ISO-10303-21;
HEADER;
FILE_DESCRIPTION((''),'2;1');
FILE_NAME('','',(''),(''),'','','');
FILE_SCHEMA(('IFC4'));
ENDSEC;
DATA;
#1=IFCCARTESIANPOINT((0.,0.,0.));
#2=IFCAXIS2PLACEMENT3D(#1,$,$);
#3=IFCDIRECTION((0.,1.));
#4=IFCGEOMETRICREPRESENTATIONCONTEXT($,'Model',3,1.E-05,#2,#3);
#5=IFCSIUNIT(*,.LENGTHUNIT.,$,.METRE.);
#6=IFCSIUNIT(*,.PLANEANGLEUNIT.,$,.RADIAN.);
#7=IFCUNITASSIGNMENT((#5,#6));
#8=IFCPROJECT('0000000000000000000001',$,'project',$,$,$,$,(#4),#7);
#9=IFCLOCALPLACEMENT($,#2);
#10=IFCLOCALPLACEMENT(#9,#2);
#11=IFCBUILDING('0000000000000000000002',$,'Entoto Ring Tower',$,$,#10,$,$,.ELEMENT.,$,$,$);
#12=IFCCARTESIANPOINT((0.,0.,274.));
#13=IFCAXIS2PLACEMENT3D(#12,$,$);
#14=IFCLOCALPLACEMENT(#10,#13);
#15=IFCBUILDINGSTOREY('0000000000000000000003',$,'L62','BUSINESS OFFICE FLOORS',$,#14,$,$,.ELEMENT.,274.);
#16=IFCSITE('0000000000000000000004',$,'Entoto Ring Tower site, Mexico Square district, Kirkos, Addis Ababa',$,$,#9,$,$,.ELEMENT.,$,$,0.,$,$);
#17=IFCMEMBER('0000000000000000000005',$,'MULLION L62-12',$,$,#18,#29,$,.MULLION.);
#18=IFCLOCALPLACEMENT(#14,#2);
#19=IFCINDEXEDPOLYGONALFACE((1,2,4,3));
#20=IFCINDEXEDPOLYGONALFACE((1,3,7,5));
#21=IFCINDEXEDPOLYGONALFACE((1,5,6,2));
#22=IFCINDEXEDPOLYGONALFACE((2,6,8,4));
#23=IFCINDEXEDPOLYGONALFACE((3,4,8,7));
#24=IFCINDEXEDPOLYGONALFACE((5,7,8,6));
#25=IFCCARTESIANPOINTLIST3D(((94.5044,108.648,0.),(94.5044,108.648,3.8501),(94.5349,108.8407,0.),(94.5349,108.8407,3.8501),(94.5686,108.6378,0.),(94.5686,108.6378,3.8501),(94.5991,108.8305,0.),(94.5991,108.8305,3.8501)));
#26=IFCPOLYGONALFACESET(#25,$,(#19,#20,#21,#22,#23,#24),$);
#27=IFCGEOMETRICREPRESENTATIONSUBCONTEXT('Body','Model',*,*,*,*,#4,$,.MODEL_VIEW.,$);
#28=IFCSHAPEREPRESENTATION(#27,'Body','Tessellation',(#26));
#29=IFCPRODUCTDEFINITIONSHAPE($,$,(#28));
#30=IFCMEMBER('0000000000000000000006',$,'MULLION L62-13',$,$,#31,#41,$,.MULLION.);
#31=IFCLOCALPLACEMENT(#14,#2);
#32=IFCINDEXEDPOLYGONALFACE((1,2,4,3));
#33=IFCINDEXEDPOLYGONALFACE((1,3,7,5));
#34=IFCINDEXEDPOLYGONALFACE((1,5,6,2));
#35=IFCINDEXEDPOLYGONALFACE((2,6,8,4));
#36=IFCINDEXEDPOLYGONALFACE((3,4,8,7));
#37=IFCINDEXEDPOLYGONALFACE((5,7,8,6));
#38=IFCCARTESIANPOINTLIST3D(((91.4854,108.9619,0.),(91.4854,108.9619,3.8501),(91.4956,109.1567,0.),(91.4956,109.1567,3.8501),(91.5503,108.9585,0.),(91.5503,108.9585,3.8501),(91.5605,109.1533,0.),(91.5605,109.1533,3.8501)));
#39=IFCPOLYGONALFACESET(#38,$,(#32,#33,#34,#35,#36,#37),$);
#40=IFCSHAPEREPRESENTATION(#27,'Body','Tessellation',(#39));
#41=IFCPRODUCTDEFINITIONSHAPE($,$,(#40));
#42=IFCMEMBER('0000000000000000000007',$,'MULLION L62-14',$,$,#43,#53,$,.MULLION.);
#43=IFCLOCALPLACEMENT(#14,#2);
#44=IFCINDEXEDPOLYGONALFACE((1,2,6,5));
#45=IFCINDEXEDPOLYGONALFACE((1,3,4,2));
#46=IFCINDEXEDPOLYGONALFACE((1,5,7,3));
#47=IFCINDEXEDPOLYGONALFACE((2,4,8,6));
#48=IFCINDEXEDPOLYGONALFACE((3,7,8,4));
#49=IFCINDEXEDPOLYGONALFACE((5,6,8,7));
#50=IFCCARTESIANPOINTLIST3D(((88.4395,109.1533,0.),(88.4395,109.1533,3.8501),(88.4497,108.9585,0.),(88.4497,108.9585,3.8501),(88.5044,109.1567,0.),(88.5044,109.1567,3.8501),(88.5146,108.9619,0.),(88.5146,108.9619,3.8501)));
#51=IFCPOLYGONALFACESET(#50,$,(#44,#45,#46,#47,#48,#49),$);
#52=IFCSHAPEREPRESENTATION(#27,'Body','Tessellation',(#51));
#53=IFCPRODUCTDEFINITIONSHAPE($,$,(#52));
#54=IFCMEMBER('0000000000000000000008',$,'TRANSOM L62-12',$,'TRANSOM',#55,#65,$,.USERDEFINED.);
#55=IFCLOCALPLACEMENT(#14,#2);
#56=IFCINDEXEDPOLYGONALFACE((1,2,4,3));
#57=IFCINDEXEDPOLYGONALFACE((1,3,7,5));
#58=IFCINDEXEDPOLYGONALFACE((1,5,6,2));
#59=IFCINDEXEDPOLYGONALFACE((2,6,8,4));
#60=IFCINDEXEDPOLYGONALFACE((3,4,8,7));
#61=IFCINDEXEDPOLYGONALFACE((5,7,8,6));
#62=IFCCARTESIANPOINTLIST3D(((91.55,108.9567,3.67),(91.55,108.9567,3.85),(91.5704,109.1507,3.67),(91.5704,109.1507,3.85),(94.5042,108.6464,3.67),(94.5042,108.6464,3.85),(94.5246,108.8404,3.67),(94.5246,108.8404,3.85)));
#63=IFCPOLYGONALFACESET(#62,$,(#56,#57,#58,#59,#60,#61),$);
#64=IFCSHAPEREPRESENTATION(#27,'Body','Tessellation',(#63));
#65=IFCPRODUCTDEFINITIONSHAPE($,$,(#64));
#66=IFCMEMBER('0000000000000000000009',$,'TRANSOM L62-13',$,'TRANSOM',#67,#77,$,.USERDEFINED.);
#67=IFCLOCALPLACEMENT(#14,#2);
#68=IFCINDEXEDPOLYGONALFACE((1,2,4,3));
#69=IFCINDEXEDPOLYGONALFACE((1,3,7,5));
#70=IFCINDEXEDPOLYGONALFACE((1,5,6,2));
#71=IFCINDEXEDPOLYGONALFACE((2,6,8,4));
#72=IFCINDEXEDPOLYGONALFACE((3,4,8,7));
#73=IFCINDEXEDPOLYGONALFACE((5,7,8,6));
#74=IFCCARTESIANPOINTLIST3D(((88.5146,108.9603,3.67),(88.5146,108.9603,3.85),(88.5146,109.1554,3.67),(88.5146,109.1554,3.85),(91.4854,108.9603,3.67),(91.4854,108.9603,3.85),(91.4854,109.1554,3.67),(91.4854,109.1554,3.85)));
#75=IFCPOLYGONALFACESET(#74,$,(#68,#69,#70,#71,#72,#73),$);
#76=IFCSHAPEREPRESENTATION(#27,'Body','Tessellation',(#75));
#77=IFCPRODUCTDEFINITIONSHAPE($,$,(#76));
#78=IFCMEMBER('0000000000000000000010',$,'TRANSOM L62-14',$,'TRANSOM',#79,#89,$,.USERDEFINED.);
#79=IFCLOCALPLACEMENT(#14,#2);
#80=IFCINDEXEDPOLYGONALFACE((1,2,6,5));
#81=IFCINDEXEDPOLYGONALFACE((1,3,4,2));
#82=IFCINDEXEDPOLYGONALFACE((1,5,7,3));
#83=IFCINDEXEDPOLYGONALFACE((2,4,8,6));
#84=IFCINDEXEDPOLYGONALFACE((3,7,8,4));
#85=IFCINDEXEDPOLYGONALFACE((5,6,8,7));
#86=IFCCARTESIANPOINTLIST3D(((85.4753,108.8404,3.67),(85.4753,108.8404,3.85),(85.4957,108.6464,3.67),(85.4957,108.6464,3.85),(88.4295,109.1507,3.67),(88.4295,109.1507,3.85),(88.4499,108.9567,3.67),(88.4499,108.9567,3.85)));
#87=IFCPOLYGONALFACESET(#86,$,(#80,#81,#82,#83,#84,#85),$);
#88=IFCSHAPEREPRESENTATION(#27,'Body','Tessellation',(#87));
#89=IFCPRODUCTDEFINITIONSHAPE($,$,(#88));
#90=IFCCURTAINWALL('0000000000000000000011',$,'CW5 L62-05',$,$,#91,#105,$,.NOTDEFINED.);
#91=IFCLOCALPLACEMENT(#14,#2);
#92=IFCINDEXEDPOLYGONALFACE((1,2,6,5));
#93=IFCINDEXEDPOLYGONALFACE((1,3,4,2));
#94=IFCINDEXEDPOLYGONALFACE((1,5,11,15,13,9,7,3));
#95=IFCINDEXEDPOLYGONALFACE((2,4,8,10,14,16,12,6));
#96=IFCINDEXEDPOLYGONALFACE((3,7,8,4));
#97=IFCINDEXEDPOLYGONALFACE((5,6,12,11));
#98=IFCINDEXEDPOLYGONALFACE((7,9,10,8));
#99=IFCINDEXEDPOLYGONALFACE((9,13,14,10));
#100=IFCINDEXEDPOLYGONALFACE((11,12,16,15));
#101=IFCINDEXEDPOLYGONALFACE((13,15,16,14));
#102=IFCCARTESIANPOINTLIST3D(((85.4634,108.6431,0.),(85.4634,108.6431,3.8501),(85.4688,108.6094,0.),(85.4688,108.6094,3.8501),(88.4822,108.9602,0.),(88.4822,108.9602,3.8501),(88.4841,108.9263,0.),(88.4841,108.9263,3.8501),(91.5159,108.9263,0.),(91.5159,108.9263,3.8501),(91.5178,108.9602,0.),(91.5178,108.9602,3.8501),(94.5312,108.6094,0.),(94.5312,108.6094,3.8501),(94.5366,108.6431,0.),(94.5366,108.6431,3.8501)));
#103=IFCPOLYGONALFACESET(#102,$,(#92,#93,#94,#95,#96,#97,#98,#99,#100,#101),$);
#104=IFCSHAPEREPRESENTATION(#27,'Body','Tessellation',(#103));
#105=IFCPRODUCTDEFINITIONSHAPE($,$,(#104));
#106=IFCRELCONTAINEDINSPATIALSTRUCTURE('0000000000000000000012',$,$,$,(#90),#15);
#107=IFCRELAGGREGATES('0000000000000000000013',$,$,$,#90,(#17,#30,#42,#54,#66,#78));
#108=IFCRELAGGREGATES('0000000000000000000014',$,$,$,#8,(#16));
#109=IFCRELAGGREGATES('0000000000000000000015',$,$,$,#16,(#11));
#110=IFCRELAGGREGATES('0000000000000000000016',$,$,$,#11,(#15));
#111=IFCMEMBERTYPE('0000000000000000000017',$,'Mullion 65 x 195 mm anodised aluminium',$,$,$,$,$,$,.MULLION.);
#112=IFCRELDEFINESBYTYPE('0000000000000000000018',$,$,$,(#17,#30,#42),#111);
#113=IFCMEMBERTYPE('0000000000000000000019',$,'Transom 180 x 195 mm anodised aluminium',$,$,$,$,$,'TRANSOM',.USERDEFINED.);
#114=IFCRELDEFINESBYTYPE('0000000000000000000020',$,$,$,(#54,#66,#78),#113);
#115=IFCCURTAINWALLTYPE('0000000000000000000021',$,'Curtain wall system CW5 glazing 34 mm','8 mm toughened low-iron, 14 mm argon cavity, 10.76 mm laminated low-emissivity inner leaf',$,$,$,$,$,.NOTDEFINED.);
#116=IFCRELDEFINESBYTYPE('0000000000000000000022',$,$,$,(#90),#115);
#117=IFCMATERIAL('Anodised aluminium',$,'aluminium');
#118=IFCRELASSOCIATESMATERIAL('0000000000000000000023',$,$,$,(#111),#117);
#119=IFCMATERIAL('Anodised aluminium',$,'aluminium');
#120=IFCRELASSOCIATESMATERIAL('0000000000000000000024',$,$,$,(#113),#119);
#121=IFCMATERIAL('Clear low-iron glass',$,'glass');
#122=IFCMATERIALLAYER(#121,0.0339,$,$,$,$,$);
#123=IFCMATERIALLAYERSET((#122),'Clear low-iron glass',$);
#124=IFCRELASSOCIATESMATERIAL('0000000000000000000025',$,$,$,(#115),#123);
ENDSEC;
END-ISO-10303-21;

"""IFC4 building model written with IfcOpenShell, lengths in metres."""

from ifc_helpers import new_model, si_unit, direction, frame, origin, origin_2d, place, context, subcontext, project, spatial, polyline, rectangle, outline, extrude, material, layer, layer_set, material_profile, profile_set, type_object, element, aggregate, save


model = new_model("IFC4")

# Units and contexts
model_context = context("Model", 3, precision=1e-05, world=origin(), true_north=direction((0.0, 1.0)))
body_context = subcontext(model_context, "Body", "Model", "MODEL_VIEW")
ifc_project = project(units=[si_unit("LENGTHUNIT", "METRE"), si_unit("PLANEANGLEUNIT", "RADIAN")], contexts=[model_context])

# Members
ifc_material_1 = material(Name="Anodised aluminium", Category="aluminium")
ifc_material_profile_1 = material_profile(ifc_material_1, rectangle(XDim=0.0649, YDim=0.1951, at=origin_2d()), Name="Mullion 65 x 195 mm anodised aluminium")
ifc_profile_set_1 = profile_set([ifc_material_profile_1], Name="Anodised aluminium")
member_type_1 = type_object("IfcMemberType", Name="Mullion 65 x 195 mm anodised aluminium", PredefinedType="MULLION", material=ifc_profile_set_1)
site_placement = place(None, origin())
building_placement = place(site_placement, origin())
storey_placement = place(building_placement, frame((0.0, 0.0, 274.0)))
member_1_placement = place(storey_placement, frame((94.5518, 108.7393, 0.0), z_axis=(0.0, 0.0, 1.0), x_axis=(-0.987688, 0.156434, 0.0)))
member_1 = element("IfcMember", 1, at=member_1_placement, type_object=member_type_1, Name="MULLION L62-12", PredefinedType="MULLION", context=body_context, shape_type="SweptSolid", body=[
    extrude(rectangle(XDim=0.0649, YDim=0.1951, at=origin_2d()), origin(), (0.0, 0.0, 1.0), 3.8501),
])
member_2_placement = place(storey_placement, frame((91.5229, 109.0576, 0.0), z_axis=(0.0, 0.0, 1.0), x_axis=(-0.99863, 0.052336, 0.0)))
member_2 = element("IfcMember", 2, at=member_2_placement, type_object=member_type_1, Name="MULLION L62-13", PredefinedType="MULLION", context=body_context, shape_type="SweptSolid", body=[
    extrude(rectangle(XDim=0.0649, YDim=0.1951, at=origin_2d()), origin(), (0.0, 0.0, 1.0), 3.8501),
])
member_3_placement = place(storey_placement, frame((88.4771, 109.0576, 0.0), z_axis=(0.0, 0.0, 1.0), x_axis=(-0.99863, -0.052336, 0.0)))
member_3 = element("IfcMember", 3, at=member_3_placement, type_object=member_type_1, Name="MULLION L62-14", PredefinedType="MULLION", context=body_context, shape_type="SweptSolid", body=[
    extrude(rectangle(XDim=0.0649, YDim=0.1951, at=origin_2d()), origin(), (0.0, 0.0, 1.0), 3.8501),
])
ifc_material_2 = material(Name="Anodised aluminium", Category="aluminium")
ifc_material_profile_2 = material_profile(ifc_material_2, rectangle(XDim=0.1951, YDim=0.1799, at=origin_2d()), Name="Transom 180 x 195 mm anodised aluminium")
ifc_profile_set_2 = profile_set([ifc_material_profile_2], Name="Anodised aluminium")
member_type_2 = type_object("IfcMemberType", Name="Transom 180 x 195 mm anodised aluminium", ElementType="TRANSOM", PredefinedType="USERDEFINED", material=ifc_profile_set_2)
member_4_placement = place(storey_placement, frame((94.5144, 108.7434, 3.76), z_axis=(-0.994528, 0.104467, 0.0), x_axis=(-0.104467, -0.994528, 0.0)))
member_4 = element("IfcMember", 4, at=member_4_placement, type_object=member_type_2, Name="TRANSOM L62-12", ObjectType="TRANSOM", PredefinedType="USERDEFINED", context=body_context, shape_type="SweptSolid", body=[
    extrude(rectangle(XDim=0.1951, YDim=0.1799, at=origin_2d()), origin(), (0.0, 0.0, 1.0), 2.9705),
])
member_5_placement = place(storey_placement, frame((91.4854, 109.0579, 3.76), z_axis=(-1.0, 0.0, 0.0), x_axis=(0.0, -1.0, 0.0)))
member_5 = element("IfcMember", 5, at=member_5_placement, type_object=member_type_2, Name="TRANSOM L62-13", ObjectType="TRANSOM", PredefinedType="USERDEFINED", context=body_context, shape_type="SweptSolid", body=[
    extrude(rectangle(XDim=0.1951, YDim=0.1799, at=origin_2d()), origin(), (0.0, 0.0, 1.0), 2.9707),
])
member_6_placement = place(storey_placement, frame((88.4397, 109.0537, 3.76), z_axis=(-0.994528, -0.104467, 0.0), x_axis=(0.104467, -0.994528, 0.0)))
member_6 = element("IfcMember", 6, at=member_6_placement, type_object=member_type_2, Name="TRANSOM L62-14", ObjectType="TRANSOM", PredefinedType="USERDEFINED", context=body_context, shape_type="SweptSolid", body=[
    extrude(rectangle(XDim=0.1951, YDim=0.1799, at=origin_2d()), origin(), (0.0, 0.0, 1.0), 2.9705),
])

# Site, building, storey
site = spatial("IfcSite", under=ifc_project, at=site_placement, Name="Entoto Ring Tower site, Mexico Square district, Kirkos, Addis Ababa", CompositionType="ELEMENT", RefElevation=0.0)
building = spatial("IfcBuilding", under=site, at=building_placement, Name="Entoto Ring Tower", CompositionType="ELEMENT")
storey = spatial("IfcBuildingStorey", under=building, at=storey_placement, Name="L62", Description="BUSINESS OFFICE FLOORS", CompositionType="ELEMENT", Elevation=274.0)

# Curtain wall
ifc_material_3 = material(Name="Clear low-iron glass", Category="glass")
ifc_layer = layer(ifc_material_3, 0.0339)
ifc_layer_set = layer_set([ifc_layer], Name="Clear low-iron glass")
curtain_wall_type = type_object("IfcCurtainWallType", Name="Curtain wall system CW5 glazing 34 mm", Description="8 mm toughened low-iron, 14 mm argon cavity, 10.76 mm laminated low-emissivity inner leaf", PredefinedType="NOTDEFINED", material=ifc_layer_set)
curtain_wall_1_placement = place(storey_placement, origin())
curtain_wall_1 = element("IfcCurtainWall", 7, at=curtain_wall_1_placement, inside=storey, type_object=curtain_wall_type, Name="CW5 L62-05", PredefinedType="NOTDEFINED", context=body_context, shape_type="SweptSolid", body=[
    extrude(outline(polyline([(94.5366, 108.6431), (91.5178, 108.9602), (88.4822, 108.9602), (85.4634, 108.6431), (85.4688, 108.6094), (88.4841, 108.9263), (91.5159, 108.9263), (94.5312, 108.6094), (94.5366, 108.6431)])), origin(), (0.0, 0.0, 1.0), 3.8501),
])
aggregate(curtain_wall_1, [member_1, member_2, member_3, member_4, member_5, member_6])

save(model, "model.ifc")
